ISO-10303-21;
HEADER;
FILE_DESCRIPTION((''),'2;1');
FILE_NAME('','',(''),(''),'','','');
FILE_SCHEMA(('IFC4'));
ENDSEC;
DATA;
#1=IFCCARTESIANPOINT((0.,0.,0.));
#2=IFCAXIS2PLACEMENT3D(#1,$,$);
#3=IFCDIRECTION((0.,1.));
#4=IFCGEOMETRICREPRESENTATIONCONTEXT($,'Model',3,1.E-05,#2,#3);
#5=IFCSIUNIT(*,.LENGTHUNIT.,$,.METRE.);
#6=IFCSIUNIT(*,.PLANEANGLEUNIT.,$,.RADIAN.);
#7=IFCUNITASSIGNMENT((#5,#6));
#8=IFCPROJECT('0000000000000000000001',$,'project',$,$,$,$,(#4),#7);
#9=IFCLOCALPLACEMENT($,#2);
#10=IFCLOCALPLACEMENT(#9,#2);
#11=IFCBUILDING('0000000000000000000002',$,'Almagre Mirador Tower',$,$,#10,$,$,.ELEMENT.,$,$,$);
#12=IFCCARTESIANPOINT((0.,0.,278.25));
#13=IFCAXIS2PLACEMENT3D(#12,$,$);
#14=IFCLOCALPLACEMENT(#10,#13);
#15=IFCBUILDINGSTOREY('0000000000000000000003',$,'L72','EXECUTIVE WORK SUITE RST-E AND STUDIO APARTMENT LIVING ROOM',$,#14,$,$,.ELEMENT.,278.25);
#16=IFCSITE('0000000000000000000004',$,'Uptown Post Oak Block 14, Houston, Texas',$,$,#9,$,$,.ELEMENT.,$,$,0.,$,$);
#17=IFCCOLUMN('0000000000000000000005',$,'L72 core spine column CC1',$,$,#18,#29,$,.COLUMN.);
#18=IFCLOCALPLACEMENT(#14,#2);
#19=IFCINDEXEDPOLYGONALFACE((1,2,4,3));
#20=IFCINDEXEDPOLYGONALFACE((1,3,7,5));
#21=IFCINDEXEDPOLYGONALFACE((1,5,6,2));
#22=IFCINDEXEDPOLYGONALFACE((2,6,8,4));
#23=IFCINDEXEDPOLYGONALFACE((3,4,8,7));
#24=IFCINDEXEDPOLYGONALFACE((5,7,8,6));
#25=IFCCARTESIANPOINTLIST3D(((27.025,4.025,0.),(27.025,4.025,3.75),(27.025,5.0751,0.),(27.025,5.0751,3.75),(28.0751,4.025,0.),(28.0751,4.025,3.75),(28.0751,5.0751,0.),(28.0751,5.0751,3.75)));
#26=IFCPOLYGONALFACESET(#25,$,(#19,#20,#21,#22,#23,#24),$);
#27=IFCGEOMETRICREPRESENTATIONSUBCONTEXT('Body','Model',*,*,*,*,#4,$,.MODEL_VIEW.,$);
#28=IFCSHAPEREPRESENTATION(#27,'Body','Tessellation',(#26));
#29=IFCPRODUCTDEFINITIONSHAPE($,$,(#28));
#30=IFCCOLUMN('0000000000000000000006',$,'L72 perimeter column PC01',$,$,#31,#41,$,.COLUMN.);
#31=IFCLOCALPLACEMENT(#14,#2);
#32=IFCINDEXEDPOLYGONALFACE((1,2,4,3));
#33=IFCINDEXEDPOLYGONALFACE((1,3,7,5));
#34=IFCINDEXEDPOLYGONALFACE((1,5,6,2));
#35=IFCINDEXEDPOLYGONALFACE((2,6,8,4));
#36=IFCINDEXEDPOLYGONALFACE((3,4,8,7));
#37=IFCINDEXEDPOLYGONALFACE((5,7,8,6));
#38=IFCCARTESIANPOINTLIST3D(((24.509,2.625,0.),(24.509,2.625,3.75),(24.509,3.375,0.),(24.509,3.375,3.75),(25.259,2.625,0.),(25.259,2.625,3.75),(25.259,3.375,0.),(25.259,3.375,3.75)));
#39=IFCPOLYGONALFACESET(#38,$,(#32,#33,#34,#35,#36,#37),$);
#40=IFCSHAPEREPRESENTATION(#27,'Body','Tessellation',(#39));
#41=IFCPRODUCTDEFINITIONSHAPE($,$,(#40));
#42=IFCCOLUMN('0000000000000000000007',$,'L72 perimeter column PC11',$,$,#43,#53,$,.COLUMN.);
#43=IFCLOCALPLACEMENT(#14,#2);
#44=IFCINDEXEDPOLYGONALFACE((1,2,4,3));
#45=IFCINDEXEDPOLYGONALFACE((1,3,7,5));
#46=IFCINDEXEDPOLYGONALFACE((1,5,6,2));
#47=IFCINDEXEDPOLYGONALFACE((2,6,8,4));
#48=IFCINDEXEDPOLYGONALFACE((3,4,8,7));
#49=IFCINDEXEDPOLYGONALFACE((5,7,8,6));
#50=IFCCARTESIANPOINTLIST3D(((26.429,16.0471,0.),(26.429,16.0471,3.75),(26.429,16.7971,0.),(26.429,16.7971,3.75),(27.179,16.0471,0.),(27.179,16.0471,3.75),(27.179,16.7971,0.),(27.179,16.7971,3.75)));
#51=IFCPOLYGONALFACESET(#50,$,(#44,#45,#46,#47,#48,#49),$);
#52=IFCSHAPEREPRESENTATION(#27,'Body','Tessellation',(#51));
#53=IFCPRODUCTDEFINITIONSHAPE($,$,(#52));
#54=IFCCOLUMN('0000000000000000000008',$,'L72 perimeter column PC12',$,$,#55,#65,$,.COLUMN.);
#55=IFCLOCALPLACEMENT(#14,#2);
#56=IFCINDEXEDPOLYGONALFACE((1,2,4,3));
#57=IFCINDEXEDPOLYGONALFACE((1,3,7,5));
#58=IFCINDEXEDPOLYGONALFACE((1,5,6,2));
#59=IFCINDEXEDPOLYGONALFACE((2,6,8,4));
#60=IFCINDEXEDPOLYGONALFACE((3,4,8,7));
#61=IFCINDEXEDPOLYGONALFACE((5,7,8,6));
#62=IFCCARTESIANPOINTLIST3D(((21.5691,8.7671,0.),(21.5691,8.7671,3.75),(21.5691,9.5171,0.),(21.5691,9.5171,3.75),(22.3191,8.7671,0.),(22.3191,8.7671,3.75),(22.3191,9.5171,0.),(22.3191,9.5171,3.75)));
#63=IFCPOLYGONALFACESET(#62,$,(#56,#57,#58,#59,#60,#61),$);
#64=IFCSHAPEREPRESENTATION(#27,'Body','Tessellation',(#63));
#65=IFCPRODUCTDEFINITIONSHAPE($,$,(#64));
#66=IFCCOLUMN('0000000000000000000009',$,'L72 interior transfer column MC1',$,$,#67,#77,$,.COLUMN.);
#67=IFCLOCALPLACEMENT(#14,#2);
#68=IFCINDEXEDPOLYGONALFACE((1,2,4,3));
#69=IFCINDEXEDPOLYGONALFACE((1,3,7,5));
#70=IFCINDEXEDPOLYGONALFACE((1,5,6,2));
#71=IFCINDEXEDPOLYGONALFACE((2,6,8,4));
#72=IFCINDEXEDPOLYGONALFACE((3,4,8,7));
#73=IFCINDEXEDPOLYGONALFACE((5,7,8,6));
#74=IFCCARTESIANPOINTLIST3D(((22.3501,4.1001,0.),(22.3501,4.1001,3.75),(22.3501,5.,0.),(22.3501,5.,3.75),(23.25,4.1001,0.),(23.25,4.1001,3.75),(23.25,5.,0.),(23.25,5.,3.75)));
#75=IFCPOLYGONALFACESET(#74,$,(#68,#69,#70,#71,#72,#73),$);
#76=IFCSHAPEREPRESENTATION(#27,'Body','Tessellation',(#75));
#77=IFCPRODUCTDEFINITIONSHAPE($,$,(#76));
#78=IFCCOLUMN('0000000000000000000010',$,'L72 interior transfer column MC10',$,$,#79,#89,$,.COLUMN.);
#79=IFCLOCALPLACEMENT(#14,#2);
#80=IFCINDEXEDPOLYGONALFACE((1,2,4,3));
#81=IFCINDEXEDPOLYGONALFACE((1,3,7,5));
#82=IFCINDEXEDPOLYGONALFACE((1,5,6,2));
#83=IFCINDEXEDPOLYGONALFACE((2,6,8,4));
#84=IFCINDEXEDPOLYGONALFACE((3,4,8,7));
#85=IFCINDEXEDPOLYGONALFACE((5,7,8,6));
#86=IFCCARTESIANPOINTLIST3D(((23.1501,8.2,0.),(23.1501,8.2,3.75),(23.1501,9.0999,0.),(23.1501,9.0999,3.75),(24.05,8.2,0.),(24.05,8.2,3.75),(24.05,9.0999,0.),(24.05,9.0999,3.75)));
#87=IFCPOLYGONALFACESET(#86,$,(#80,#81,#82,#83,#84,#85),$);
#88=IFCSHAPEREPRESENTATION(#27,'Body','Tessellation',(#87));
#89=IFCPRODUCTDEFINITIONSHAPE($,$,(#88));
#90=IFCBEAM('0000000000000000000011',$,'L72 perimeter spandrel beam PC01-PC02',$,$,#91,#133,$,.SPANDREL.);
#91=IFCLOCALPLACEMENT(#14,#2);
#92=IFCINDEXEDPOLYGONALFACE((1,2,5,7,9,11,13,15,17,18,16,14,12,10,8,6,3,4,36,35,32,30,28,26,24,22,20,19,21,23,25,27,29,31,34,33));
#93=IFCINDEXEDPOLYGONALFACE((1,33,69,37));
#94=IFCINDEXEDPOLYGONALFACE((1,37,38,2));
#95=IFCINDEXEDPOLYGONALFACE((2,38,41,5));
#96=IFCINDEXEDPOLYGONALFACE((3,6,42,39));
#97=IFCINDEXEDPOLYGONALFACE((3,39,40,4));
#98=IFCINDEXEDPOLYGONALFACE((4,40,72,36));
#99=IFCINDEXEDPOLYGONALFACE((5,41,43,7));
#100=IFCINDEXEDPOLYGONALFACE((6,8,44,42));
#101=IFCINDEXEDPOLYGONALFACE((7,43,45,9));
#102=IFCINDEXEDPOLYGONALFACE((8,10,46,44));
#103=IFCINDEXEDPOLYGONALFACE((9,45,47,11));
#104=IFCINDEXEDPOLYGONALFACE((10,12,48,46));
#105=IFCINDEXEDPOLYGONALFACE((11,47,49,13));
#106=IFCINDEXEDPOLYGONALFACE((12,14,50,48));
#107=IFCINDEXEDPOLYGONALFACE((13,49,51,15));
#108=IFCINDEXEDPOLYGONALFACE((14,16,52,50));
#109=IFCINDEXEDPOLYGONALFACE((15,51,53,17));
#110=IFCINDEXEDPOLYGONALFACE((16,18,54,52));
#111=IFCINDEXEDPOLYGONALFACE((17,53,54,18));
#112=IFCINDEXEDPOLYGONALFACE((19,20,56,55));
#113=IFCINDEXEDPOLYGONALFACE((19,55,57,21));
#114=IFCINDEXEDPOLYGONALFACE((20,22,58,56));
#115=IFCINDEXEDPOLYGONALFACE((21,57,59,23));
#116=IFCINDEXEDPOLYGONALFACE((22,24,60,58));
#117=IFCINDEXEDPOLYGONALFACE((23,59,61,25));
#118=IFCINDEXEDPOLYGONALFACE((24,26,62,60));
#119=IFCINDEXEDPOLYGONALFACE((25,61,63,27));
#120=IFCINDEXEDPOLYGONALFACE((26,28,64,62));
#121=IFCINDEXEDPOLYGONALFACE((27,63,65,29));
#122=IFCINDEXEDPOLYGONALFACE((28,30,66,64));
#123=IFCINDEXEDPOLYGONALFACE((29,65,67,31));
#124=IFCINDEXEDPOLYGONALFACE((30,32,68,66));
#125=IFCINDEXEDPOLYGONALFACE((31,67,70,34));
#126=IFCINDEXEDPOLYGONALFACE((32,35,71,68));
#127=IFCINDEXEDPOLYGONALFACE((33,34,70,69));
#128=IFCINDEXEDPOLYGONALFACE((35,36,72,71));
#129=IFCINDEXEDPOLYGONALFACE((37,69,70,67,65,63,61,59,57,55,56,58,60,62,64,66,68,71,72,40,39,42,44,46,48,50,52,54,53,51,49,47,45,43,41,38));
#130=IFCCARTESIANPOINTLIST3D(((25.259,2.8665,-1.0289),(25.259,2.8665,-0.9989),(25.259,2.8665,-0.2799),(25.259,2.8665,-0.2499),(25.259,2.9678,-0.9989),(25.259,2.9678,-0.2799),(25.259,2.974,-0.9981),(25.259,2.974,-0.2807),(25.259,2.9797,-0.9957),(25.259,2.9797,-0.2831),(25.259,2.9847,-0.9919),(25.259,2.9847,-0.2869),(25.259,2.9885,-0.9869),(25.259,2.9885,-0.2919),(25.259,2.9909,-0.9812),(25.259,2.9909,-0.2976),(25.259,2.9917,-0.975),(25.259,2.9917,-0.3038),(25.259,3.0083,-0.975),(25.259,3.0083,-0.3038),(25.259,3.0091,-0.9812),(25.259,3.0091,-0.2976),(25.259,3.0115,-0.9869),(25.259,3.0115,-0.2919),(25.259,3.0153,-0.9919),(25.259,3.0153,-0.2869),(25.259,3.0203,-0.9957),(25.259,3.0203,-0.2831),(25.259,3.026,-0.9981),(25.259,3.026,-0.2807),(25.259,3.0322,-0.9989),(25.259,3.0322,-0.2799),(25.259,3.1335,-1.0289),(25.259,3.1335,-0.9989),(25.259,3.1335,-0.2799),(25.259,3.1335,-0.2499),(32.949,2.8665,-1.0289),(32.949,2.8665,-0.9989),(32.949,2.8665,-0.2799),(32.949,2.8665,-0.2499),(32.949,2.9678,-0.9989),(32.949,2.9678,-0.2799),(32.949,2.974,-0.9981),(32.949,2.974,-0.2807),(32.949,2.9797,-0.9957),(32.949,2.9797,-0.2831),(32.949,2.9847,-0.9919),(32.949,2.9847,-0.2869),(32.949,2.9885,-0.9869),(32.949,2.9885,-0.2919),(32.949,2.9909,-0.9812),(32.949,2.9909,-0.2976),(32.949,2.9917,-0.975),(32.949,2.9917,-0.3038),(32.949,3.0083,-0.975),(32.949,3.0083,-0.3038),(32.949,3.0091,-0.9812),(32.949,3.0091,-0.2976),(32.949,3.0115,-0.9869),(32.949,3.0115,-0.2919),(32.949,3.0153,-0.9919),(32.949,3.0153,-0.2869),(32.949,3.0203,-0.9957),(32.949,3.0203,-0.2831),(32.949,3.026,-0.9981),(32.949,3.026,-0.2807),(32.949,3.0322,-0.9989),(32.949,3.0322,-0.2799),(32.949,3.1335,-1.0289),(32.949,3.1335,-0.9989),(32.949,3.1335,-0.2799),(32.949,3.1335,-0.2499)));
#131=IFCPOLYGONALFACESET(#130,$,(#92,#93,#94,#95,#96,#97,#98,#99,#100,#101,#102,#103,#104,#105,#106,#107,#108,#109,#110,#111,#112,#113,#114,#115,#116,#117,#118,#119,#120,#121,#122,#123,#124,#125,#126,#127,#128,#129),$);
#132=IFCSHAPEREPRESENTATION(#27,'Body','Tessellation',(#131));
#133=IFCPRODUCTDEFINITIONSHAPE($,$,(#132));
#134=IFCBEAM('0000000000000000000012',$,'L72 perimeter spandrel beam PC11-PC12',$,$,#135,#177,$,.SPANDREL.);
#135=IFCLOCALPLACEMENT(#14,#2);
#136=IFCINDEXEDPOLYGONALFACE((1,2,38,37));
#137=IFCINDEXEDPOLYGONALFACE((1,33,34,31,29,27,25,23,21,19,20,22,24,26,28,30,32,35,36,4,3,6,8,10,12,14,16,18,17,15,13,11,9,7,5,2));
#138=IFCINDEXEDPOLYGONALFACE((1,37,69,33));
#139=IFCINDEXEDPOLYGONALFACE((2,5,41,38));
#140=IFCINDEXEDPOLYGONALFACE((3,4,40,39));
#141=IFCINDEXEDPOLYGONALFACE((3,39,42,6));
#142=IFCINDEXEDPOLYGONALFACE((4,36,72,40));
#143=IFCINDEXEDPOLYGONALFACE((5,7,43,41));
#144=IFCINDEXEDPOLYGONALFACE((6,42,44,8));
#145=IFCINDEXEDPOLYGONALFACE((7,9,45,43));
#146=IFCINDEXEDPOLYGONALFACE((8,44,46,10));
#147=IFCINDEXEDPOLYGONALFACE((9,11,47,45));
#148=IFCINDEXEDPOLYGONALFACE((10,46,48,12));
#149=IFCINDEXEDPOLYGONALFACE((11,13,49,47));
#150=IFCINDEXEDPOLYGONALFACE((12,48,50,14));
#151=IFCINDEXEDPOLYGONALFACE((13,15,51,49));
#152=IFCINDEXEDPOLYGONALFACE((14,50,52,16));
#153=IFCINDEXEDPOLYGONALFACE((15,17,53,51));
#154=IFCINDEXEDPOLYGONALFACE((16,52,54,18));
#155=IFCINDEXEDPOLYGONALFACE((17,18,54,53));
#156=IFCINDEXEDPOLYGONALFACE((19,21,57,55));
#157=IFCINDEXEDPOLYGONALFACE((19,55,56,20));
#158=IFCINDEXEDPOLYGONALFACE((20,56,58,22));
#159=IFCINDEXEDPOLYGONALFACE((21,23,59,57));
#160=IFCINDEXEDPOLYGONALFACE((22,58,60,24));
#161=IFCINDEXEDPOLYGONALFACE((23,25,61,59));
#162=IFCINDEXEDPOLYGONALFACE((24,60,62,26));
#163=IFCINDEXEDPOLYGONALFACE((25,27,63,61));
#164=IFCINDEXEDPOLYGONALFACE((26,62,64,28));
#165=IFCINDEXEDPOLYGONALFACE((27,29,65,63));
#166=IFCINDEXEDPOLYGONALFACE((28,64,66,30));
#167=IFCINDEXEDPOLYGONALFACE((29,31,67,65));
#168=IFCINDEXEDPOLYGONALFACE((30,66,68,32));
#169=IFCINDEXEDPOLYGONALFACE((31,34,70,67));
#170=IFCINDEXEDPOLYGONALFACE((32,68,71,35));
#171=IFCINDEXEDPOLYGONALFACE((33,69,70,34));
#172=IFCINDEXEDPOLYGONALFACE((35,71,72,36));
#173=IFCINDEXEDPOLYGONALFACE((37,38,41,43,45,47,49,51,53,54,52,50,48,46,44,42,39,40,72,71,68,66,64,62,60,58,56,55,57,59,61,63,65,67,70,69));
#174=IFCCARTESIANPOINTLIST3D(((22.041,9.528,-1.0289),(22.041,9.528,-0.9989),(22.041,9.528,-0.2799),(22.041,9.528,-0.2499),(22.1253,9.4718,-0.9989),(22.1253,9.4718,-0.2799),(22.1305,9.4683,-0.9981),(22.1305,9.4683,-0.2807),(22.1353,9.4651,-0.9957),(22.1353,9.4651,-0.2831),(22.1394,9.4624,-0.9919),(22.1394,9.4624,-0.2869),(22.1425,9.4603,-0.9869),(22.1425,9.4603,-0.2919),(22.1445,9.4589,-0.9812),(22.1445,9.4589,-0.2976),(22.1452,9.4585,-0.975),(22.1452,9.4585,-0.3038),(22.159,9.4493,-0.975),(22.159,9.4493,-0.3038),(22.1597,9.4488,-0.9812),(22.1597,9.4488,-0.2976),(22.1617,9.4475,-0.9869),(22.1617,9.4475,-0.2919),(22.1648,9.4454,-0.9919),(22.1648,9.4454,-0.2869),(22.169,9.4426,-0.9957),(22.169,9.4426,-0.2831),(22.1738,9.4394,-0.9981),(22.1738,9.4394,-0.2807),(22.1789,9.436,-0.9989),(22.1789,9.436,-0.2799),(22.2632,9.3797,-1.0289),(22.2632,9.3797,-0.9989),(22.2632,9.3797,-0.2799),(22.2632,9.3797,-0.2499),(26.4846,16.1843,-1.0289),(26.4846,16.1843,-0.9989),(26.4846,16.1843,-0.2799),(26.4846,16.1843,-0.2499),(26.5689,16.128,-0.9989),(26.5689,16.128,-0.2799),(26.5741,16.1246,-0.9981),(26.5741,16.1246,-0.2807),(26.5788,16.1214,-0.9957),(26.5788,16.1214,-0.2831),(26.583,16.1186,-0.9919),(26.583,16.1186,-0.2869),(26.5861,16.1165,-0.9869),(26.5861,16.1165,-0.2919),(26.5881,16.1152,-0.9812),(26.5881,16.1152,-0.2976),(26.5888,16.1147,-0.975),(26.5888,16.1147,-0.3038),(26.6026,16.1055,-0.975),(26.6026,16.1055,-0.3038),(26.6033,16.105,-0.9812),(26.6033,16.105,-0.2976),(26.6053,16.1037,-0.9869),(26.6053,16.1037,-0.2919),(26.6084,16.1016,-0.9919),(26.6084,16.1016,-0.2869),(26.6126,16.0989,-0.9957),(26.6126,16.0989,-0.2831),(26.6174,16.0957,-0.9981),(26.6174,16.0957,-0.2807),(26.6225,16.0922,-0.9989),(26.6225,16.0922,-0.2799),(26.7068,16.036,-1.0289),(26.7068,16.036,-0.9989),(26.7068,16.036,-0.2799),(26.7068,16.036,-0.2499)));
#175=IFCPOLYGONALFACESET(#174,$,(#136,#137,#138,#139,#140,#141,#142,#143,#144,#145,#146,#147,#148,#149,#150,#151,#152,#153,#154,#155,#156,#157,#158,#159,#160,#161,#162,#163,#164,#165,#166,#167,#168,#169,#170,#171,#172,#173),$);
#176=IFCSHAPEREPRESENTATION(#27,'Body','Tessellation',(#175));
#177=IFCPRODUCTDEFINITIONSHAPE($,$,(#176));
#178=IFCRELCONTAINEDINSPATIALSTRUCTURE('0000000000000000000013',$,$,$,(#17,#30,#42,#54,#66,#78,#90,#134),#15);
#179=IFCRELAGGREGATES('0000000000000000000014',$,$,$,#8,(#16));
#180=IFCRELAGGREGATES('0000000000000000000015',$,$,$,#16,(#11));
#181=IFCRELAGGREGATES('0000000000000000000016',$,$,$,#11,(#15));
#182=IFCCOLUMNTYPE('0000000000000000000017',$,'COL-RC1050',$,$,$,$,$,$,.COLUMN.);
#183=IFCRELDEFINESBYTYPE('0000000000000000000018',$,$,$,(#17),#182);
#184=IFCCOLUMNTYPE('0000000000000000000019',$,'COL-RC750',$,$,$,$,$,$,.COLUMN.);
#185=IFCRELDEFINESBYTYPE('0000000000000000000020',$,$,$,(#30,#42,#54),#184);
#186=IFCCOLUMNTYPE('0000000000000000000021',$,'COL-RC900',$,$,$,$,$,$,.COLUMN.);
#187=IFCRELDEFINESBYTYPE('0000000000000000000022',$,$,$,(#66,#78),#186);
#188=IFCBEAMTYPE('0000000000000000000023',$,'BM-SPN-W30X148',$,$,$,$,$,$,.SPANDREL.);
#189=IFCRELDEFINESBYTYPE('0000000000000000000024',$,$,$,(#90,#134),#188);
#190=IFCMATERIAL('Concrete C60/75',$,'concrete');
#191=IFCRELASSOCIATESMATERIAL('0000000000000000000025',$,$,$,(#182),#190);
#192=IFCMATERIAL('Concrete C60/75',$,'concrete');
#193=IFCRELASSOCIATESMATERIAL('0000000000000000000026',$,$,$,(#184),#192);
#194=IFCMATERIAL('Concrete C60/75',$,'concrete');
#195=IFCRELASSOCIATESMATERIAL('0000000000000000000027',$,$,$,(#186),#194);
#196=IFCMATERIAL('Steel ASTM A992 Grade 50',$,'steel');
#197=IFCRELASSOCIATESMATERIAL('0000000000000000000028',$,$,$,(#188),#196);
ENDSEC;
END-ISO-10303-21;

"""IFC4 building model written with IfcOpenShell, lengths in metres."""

from ifc_helpers import new_model, si_unit, direction, frame, origin, origin_2d, place, context, subcontext, project, spatial, rectangle, i_section, extrude, material, material_profile, profile_set, type_object, element, save


model = new_model("IFC4")

# Units and contexts
model_context = context("Model", 3, precision=1e-05, world=origin(), true_north=direction((0.0, 1.0)))
body_context = subcontext(model_context, "Body", "Model", "MODEL_VIEW")
ifc_project = project(units=[si_unit("LENGTHUNIT", "METRE"), si_unit("PLANEANGLEUNIT", "RADIAN")], contexts=[model_context])

# Site, building, storey
site_placement = place(None, origin())
site = spatial("IfcSite", under=ifc_project, at=site_placement, Name="Uptown Post Oak Block 14, Houston, Texas", CompositionType="ELEMENT", RefElevation=0.0)
building_placement = place(site_placement, origin())
building = spatial("IfcBuilding", under=site, at=building_placement, Name="Almagre Mirador Tower", CompositionType="ELEMENT")
storey_placement = place(building_placement, frame((0.0, 0.0, 278.25)))
storey = spatial("IfcBuildingStorey", under=building, at=storey_placement, Name="L72", Description="EXECUTIVE WORK SUITE RST-E AND STUDIO APARTMENT LIVING ROOM", CompositionType="ELEMENT", Elevation=278.25)

# Columns
ifc_material_1 = material(Name="Concrete C60/75", Category="concrete")
ifc_material_profile_1 = material_profile(ifc_material_1, rectangle(XDim=1.05, YDim=1.05, at=origin_2d()), Name="RC1050X1050")
ifc_profile_set_1 = profile_set([ifc_material_profile_1], Name="Concrete C60/75")
column_type_1 = type_object("IfcColumnType", Name="COL-RC1050", PredefinedType="COLUMN", material=ifc_profile_set_1)
column_placement = place(storey_placement, frame((27.55, 4.55, 0.0), z_axis=(0.0, 0.0, 1.0), x_axis=(1.0, 0.0, 0.0)))
element("IfcColumn", 1, at=column_placement, inside=storey, type_object=column_type_1, Name="L72 core spine column CC1", PredefinedType="COLUMN", context=body_context, shape_type="SweptSolid", body=[
    extrude(rectangle(XDim=1.05, YDim=1.05, at=origin_2d()), origin(), (0.0, 0.0, 1.0), 3.75),
])
ifc_material_2 = material(Name="Concrete C60/75", Category="concrete")
ifc_material_profile_2 = material_profile(ifc_material_2, rectangle(XDim=0.75, YDim=0.75, at=origin_2d()), Name="RC750X750")
ifc_profile_set_2 = profile_set([ifc_material_profile_2], Name="Concrete C60/75")
column_type_2 = type_object("IfcColumnType", Name="COL-RC750", PredefinedType="COLUMN", material=ifc_profile_set_2)
for number, where, z_axis, x_axis, name in (
    (2, (24.884, 3.0, 0.0), (0.0, 0.0, 1.0), (1.0, 0.0, 0.0), "L72 perimeter column PC01"),
    (3, (26.804, 16.4221, 0.0), (0.0, 0.0, 1.0), (1.0, 0.0, 0.0), "L72 perimeter column PC11"),
    (4, (21.9441, 9.1421, 0.0), (0.0, 0.0, 1.0), (1.0, 0.0, 0.0), "L72 perimeter column PC12"),
):
    element("IfcColumn", number, at=place(storey_placement, frame(where, z_axis=z_axis, x_axis=x_axis)), inside=storey, type_object=column_type_2, Name=name, PredefinedType="COLUMN", context=body_context, shape_type="SweptSolid", body=[
        extrude(rectangle(XDim=0.75, YDim=0.75, at=origin_2d()), origin(), (0.0, 0.0, 1.0), 3.75),
    ])
ifc_material_3 = material(Name="Concrete C60/75", Category="concrete")
ifc_material_profile_3 = material_profile(ifc_material_3, rectangle(XDim=0.8999, YDim=0.8999, at=origin_2d()), Name="RC900X900")
ifc_profile_set_3 = profile_set([ifc_material_profile_3], Name="Concrete C60/75")
column_type_3 = type_object("IfcColumnType", Name="COL-RC900", PredefinedType="COLUMN", material=ifc_profile_set_3)
for number, where, z_axis, x_axis, name in (
    (5, (22.8, 4.55, 0.0), (0.0, 0.0, 1.0), (1.0, 0.0, 0.0), "L72 interior transfer column MC1"),
    (6, (23.6001, 8.6499, 0.0), (0.0, 0.0, 1.0), (1.0, 0.0, 0.0), "L72 interior transfer column MC10"),
):
    element("IfcColumn", number, at=place(storey_placement, frame(where, z_axis=z_axis, x_axis=x_axis)), inside=storey, type_object=column_type_3, Name=name, PredefinedType="COLUMN", context=body_context, shape_type="SweptSolid", body=[
        extrude(rectangle(XDim=0.8999, YDim=0.8999, at=origin_2d()), origin(), (0.0, 0.0, 1.0), 3.75),
    ])

# Beams
ifc_material_4 = material(Name="Steel ASTM A992 Grade 50", Category="steel")
ifc_material_profile_4 = material_profile(ifc_material_4, i_section(OverallWidth=0.2671, OverallDepth=0.7791, WebThickness=0.0166, FlangeThickness=0.03, FilletRadius=0.0239, at=origin_2d()), Name="W30X148")
ifc_profile_set_4 = profile_set([ifc_material_profile_4], Name="Steel ASTM A992 Grade 50")
beam_type_1 = type_object("IfcBeamType", Name="BM-SPN-W30X148", PredefinedType="SPANDREL", material=ifc_profile_set_4)
beam_1_placement = place(storey_placement, frame((25.259, 3.0, -0.6394), z_axis=(1.0, 0.0, 0.0), x_axis=(0.0, 1.0, 0.0)))
element("IfcBeam", 7, at=beam_1_placement, inside=storey, type_object=beam_type_1, Name="L72 perimeter spandrel beam PC01-PC02", PredefinedType="SPANDREL", context=body_context, shape_type="SweptSolid", body=[
    extrude(i_section(OverallWidth=0.2671, OverallDepth=0.7791, WebThickness=0.0166, FlangeThickness=0.03, FilletRadius=0.0239, at=origin_2d()), origin(), (0.0, 0.0, 1.0), 7.6899),
])
beam_2_placement = place(storey_placement, frame((26.5957, 16.1101, -0.6394), z_axis=(-0.555228, -0.831698, 0.0), x_axis=(0.831698, -0.555228, 0.0)))
element("IfcBeam", 8, at=beam_2_placement, inside=storey, type_object=beam_type_1, Name="L72 perimeter spandrel beam PC11-PC12", PredefinedType="SPANDREL", context=body_context, shape_type="SweptSolid", body=[
    extrude(i_section(OverallWidth=0.2671, OverallDepth=0.7791, WebThickness=0.0166, FlangeThickness=0.03, FilletRadius=0.0239, at=origin_2d()), origin(), (0.0, 0.0, 1.0), 8.0032),
])

save(model, "model.ifc")
